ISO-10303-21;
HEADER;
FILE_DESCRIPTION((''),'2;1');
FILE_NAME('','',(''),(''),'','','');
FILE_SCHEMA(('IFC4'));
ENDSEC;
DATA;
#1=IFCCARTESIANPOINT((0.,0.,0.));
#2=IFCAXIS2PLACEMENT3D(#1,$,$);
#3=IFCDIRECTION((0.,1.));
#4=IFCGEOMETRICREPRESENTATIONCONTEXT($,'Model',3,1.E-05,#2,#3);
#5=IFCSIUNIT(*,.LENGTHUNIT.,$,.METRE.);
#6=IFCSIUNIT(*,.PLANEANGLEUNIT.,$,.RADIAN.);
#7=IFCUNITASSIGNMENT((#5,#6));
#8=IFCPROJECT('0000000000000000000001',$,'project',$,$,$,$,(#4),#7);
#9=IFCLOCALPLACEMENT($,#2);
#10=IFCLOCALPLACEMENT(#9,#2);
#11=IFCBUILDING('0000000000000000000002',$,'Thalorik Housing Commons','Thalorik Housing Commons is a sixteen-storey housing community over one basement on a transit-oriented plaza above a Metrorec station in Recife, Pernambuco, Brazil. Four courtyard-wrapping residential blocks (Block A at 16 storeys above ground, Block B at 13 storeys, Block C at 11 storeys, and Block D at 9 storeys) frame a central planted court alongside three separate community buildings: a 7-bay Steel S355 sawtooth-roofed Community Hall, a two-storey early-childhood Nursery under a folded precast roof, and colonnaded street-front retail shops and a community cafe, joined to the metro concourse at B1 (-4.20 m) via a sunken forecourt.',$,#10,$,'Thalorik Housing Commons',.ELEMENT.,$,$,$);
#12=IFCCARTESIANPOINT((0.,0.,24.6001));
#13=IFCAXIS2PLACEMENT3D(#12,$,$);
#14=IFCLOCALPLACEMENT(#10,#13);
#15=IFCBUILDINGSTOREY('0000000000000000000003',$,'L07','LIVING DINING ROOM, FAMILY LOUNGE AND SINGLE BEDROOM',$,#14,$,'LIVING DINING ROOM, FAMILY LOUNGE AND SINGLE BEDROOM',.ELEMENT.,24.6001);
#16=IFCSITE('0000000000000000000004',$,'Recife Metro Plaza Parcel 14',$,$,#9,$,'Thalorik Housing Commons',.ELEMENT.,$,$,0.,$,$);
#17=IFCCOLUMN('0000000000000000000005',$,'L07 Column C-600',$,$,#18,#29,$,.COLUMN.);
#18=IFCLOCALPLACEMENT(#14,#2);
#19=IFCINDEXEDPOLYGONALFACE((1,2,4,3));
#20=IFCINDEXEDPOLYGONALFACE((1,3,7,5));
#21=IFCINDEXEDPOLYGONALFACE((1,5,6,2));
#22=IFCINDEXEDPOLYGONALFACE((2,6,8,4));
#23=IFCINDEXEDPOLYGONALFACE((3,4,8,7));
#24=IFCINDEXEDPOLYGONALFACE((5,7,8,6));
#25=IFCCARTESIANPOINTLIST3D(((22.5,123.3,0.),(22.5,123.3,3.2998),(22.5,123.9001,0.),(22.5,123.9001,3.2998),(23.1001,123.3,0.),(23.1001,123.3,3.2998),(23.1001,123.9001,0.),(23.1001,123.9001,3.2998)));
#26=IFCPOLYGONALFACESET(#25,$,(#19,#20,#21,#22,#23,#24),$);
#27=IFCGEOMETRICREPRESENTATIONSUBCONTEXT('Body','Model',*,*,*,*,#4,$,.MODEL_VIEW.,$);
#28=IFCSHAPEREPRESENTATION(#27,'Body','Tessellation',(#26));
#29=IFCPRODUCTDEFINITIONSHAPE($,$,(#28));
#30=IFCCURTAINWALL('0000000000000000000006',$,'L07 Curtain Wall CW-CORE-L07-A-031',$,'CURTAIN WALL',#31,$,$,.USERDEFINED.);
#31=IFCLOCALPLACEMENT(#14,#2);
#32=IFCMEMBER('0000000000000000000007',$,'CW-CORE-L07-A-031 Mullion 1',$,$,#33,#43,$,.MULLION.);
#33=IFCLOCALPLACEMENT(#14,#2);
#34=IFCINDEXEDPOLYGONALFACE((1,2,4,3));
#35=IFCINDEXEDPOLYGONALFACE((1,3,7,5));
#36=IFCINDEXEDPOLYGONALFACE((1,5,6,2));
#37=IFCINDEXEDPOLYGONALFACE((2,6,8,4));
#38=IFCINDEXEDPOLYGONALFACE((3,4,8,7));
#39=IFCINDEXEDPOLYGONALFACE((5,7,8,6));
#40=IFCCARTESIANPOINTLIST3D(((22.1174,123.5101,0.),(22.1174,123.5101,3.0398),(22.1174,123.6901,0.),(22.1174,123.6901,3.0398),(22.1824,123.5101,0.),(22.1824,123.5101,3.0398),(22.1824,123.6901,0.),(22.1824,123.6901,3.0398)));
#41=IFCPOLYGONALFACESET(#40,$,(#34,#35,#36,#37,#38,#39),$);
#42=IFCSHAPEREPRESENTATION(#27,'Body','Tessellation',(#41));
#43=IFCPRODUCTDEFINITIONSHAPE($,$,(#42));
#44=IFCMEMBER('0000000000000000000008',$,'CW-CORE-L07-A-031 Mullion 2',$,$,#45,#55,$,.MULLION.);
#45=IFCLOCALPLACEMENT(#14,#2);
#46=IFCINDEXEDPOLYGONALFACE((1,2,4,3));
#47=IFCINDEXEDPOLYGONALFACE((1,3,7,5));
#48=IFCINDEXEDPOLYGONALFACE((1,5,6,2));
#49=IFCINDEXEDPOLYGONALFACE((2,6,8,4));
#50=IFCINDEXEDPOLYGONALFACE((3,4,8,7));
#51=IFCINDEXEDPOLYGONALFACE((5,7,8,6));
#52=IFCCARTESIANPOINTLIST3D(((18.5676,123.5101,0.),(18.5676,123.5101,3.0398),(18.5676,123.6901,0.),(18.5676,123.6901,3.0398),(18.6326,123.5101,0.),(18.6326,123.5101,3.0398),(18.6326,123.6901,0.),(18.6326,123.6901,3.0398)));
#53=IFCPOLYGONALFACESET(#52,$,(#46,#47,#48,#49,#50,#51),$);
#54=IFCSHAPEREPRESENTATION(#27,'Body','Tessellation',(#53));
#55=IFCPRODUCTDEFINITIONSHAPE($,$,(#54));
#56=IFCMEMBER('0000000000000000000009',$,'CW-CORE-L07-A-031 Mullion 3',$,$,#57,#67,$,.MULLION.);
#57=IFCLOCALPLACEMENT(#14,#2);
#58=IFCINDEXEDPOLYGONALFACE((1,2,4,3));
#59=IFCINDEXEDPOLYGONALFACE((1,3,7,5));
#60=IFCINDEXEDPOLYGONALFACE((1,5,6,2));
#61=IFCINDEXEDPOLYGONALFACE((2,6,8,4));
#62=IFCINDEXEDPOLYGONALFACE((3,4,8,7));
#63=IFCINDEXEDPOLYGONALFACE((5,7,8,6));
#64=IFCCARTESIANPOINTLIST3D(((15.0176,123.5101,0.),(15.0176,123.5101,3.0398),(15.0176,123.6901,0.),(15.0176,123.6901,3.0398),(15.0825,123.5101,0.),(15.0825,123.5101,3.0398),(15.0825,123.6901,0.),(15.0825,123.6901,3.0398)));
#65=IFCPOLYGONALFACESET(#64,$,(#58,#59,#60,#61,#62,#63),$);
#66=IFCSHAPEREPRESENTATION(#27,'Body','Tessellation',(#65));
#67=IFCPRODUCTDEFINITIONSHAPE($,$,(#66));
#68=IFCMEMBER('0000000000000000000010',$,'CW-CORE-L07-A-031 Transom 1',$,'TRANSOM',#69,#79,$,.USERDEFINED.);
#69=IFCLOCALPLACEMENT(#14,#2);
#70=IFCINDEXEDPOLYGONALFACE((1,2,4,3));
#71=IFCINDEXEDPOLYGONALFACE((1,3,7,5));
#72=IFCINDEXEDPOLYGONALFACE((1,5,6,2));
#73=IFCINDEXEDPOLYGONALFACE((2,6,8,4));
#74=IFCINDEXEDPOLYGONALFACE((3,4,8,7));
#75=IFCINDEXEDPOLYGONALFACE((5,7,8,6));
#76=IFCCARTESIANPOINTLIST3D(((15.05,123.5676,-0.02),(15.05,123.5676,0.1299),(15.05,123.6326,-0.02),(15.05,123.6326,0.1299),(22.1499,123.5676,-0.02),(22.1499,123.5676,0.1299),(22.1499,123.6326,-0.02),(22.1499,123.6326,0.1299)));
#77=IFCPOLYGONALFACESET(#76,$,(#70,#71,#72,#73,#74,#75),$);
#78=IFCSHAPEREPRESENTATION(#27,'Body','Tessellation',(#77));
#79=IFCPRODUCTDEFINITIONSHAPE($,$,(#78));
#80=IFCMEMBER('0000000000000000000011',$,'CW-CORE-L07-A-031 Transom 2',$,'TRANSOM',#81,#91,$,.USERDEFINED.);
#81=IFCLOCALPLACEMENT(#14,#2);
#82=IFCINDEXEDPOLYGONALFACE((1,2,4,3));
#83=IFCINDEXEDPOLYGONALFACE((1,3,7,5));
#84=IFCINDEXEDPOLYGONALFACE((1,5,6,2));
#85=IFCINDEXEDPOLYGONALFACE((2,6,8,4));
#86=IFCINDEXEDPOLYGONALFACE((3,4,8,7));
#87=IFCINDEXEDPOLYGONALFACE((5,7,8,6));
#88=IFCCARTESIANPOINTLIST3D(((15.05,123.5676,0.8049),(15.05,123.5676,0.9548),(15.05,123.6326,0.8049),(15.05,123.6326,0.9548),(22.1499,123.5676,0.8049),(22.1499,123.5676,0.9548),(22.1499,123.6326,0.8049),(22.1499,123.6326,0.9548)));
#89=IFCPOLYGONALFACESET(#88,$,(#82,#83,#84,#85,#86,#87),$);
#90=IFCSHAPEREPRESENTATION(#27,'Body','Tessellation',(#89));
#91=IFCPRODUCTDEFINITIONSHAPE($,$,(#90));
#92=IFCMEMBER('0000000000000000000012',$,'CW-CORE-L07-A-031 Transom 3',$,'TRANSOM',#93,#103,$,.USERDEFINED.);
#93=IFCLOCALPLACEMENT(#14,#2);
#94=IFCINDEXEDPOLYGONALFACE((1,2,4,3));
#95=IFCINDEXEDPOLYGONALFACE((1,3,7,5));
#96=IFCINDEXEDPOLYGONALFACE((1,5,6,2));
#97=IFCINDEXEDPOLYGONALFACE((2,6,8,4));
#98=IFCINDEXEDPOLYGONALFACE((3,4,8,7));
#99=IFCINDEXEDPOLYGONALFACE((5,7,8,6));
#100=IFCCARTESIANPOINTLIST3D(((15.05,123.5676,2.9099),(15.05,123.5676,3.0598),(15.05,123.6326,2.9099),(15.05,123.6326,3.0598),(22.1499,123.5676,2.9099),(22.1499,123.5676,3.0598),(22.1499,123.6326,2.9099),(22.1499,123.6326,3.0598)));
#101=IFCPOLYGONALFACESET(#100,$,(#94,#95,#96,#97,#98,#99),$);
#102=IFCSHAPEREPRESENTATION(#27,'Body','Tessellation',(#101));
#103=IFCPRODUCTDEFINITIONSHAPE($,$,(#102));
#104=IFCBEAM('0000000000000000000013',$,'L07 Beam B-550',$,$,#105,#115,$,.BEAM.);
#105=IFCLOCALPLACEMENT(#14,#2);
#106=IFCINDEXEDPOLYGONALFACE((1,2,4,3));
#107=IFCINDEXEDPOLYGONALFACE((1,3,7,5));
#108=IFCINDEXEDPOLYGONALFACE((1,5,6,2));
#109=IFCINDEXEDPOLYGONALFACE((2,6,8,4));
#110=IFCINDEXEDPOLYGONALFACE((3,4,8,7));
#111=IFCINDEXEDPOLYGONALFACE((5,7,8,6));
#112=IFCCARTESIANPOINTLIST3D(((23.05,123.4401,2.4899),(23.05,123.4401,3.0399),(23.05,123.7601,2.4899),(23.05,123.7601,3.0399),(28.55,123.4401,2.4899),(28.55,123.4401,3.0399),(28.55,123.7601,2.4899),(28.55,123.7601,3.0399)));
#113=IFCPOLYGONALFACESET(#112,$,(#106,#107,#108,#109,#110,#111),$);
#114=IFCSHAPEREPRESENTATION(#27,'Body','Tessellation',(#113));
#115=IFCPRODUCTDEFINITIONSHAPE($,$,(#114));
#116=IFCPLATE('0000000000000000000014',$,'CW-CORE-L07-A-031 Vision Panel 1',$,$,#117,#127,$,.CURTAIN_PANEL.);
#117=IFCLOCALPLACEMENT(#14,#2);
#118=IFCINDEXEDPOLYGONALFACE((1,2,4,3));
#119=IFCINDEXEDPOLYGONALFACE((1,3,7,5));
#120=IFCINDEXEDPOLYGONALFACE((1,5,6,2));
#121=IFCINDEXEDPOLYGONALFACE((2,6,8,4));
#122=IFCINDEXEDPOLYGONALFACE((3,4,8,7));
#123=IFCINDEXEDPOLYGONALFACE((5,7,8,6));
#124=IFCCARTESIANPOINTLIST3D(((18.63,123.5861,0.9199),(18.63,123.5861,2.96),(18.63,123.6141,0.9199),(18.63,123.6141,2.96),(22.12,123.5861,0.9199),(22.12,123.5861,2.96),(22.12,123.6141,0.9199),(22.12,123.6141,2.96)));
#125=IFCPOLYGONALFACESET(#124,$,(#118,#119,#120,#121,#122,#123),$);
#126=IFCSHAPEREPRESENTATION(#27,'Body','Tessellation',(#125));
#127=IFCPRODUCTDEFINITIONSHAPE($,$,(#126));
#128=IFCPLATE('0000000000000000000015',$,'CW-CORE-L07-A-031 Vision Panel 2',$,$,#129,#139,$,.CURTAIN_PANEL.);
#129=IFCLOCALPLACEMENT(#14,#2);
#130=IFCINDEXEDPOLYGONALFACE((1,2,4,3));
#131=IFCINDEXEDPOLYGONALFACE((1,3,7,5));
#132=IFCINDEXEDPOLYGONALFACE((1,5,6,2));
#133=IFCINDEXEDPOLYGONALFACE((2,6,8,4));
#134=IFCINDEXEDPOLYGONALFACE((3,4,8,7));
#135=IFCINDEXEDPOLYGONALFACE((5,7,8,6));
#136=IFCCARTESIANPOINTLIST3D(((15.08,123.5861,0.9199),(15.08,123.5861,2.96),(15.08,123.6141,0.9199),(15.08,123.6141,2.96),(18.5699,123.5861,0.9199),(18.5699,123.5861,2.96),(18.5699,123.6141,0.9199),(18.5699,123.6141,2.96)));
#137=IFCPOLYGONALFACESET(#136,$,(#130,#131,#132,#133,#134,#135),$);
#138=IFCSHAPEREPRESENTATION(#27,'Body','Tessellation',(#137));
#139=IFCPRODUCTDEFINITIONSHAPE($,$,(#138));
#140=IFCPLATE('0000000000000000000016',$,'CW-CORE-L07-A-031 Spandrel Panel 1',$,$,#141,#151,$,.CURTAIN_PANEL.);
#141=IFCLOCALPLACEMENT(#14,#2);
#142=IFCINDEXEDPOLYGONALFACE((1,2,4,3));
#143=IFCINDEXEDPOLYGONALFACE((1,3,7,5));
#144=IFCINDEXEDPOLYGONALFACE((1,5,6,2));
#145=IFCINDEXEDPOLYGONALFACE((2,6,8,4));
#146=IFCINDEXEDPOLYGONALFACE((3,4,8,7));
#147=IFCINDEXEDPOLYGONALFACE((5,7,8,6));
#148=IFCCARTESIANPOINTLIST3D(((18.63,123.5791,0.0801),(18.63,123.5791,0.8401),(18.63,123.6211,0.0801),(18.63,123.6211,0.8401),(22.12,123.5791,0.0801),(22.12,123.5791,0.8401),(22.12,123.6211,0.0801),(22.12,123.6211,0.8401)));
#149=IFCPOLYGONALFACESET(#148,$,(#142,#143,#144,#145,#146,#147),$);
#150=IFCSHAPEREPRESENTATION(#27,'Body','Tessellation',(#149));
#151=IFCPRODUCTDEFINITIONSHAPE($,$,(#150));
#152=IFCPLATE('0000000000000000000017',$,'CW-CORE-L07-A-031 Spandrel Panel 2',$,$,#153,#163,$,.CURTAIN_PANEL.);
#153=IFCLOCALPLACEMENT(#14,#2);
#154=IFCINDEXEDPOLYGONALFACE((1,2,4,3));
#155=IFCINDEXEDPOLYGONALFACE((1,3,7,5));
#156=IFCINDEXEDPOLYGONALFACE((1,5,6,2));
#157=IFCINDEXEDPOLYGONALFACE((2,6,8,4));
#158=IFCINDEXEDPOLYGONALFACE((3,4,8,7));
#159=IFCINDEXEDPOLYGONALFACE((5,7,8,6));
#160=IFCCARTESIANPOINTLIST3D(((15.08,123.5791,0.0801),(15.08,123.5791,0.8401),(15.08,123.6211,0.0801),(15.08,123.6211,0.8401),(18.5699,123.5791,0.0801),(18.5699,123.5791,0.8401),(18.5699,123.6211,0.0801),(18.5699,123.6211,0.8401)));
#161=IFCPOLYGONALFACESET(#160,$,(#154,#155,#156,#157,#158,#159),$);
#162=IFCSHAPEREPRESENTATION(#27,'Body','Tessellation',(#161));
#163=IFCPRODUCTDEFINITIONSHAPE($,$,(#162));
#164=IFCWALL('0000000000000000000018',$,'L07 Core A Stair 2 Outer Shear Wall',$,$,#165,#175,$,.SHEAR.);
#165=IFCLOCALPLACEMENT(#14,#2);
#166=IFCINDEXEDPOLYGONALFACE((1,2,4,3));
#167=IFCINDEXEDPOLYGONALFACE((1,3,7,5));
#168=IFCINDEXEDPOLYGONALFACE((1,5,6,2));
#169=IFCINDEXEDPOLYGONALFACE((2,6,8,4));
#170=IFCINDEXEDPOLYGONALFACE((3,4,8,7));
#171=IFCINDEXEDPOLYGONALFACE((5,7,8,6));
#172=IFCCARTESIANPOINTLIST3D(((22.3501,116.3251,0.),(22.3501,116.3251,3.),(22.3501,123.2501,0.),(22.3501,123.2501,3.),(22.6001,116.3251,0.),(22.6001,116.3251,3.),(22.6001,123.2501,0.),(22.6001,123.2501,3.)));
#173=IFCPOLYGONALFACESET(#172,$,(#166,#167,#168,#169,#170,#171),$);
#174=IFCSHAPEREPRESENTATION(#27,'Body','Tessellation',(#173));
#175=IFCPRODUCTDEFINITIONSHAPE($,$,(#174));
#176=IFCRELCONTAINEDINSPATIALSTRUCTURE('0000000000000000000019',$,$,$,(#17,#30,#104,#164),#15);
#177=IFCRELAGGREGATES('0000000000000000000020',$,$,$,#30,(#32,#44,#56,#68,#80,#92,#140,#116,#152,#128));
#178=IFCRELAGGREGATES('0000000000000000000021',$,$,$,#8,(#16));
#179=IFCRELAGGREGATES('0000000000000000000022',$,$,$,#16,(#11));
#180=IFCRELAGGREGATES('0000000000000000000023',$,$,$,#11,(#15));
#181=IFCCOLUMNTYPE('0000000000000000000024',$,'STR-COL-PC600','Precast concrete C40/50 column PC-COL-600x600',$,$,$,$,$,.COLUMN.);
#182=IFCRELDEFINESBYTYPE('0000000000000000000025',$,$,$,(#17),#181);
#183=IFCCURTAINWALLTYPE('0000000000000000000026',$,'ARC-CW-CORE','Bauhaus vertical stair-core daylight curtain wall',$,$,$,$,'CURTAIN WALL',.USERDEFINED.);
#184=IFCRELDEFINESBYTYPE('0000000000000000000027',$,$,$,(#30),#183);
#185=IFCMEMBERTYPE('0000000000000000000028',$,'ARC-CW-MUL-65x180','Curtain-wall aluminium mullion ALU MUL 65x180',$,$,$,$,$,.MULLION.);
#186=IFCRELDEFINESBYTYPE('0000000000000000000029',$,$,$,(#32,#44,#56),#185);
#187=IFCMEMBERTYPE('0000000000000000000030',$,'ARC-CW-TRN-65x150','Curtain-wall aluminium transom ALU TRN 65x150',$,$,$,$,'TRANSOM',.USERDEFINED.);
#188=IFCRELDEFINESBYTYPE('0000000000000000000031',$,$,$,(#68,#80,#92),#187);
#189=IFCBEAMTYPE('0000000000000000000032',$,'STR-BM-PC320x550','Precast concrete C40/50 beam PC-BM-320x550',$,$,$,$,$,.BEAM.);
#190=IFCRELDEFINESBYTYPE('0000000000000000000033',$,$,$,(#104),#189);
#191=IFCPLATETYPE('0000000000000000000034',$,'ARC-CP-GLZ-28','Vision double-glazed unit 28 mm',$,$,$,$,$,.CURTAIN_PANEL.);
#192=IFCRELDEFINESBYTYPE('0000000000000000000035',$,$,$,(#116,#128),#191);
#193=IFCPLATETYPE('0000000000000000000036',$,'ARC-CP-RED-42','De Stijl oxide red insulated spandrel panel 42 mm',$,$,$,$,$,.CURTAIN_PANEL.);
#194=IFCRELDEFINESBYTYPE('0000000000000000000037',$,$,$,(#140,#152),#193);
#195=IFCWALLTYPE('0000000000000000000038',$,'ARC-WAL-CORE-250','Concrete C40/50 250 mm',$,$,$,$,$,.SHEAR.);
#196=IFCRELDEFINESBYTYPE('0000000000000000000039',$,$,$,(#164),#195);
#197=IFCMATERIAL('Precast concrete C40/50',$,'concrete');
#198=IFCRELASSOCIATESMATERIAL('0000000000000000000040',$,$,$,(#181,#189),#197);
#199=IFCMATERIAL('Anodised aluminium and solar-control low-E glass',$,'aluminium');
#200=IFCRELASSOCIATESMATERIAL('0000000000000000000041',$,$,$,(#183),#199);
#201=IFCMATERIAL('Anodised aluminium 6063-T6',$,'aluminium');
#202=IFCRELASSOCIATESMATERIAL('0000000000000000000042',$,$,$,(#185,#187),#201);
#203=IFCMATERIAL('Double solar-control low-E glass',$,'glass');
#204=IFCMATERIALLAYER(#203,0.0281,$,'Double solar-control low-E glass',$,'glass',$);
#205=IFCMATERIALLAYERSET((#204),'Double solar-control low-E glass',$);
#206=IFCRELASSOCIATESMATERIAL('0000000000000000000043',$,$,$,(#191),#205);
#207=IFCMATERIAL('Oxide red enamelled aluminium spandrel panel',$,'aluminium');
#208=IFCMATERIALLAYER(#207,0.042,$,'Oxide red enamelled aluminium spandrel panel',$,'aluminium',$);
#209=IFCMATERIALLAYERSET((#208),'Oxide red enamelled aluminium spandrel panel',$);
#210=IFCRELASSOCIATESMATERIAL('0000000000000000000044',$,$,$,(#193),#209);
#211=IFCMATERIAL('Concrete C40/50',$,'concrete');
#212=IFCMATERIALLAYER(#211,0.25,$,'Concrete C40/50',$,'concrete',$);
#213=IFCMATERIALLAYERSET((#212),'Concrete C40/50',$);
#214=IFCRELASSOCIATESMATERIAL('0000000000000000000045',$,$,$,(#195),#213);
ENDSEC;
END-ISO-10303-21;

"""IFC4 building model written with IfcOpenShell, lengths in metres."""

from ifc_helpers import new_model, si_unit, direction, frame, frame_2d, origin, origin_2d, place, context, subcontext, project, spatial, rectangle, extrude, material, layer, layer_set, material_profile, profile_set, type_object, element, aggregate, save


model = new_model("IFC4")

# Units and contexts
model_context = context("Model", 3, precision=1e-05, world=origin(), true_north=direction((0.0, 1.0)))
body_context = subcontext(model_context, "Body", "Model", "MODEL_VIEW")
ifc_project = project(units=[si_unit("LENGTHUNIT", "METRE"), si_unit("PLANEANGLEUNIT", "RADIAN")], contexts=[model_context])

# Site, building, storey
site_placement = place(None, origin())
site = spatial("IfcSite", under=ifc_project, at=site_placement, Name="Recife Metro Plaza Parcel 14", LongName="Thalorik Housing Commons", CompositionType="ELEMENT", RefElevation=0.0)
building_placement = place(site_placement, origin())
building = spatial("IfcBuilding", under=site, at=building_placement, Name="Thalorik Housing Commons", Description="Thalorik Housing Commons is a sixteen-storey housing community over one basement on a transit-oriented plaza above a Metrorec station in Recife, Pernambuco, Brazil. Four courtyard-wrapping residential blocks (Block A at 16 storeys above ground, Block B at 13 storeys, Block C at 11 storeys, and Block D at 9 storeys) frame a central planted court alongside three separate community buildings: a 7-bay Steel S355 sawtooth-roofed Community Hall, a two-storey early-childhood Nursery under a folded precast roof, and colonnaded street-front retail shops and a community cafe, joined to the metro concourse at B1 (-4.20 m) via a sunken forecourt.", LongName="Thalorik Housing Commons", CompositionType="ELEMENT")
storey_placement = place(building_placement, frame((0.0, 0.0, 24.6001)))
storey = spatial("IfcBuildingStorey", under=building, at=storey_placement, Name="L07", Description="LIVING DINING ROOM, FAMILY LOUNGE AND SINGLE BEDROOM", LongName="LIVING DINING ROOM, FAMILY LOUNGE AND SINGLE BEDROOM", CompositionType="ELEMENT", Elevation=24.6001)

# Column
ifc_material_1 = material(Name="Precast concrete C40/50", Category="concrete")
ifc_material_profile_1 = material_profile(ifc_material_1, rectangle(XDim=0.6001, YDim=0.6001, at=origin_2d()), Name="PC 600x600", Category="concrete")
ifc_profile_set_1 = profile_set([ifc_material_profile_1], Name="Precast concrete C40/50")
column_type = type_object("IfcColumnType", Name="STR-COL-PC600", Description="Precast concrete C40/50 column PC-COL-600x600", PredefinedType="COLUMN", material=ifc_profile_set_1)
column_placement = place(storey_placement, frame((22.8, 123.6001, 0.0), z_axis=(0.0, 0.0, 1.0), x_axis=(1.0, 0.0, 0.0)))
element("IfcColumn", 1, at=column_placement, inside=storey, type_object=column_type, Name="L07 Column C-600", PredefinedType="COLUMN", context=body_context, shape_type="SweptSolid", body=[
    extrude(rectangle(XDim=0.6001, YDim=0.6001, at=origin_2d()), origin(), (0.0, 0.0, 1.0), 3.2998),
])

# Curtain wall, members
ifc_material_2 = material(Name="Anodised aluminium and solar-control low-E glass", Category="aluminium")
curtain_wall_type = type_object("IfcCurtainWallType", Name="ARC-CW-CORE", Description="Bauhaus vertical stair-core daylight curtain wall", ElementType="CURTAIN WALL", PredefinedType="USERDEFINED", material=ifc_material_2)
curtain_wall_placement = place(storey_placement, origin())
curtain_wall = element("IfcCurtainWall", 2, at=curtain_wall_placement, inside=storey, type_object=curtain_wall_type, Name="L07 Curtain Wall CW-CORE-L07-A-031", ObjectType="CURTAIN WALL", PredefinedType="USERDEFINED")
ifc_material_3 = material(Name="Anodised aluminium 6063-T6", Category="aluminium")
ifc_material_profile_2 = material_profile(ifc_material_3, rectangle(XDim=0.0649, YDim=0.1799, at=origin_2d()), Name="ALU MUL 65x180", Category="aluminium")
ifc_profile_set_2 = profile_set([ifc_material_profile_2], Name="Anodised aluminium 6063-T6")
member_type_1 = type_object("IfcMemberType", Name="ARC-CW-MUL-65x180", Description="Curtain-wall aluminium mullion ALU MUL 65x180", PredefinedType="MULLION", material=ifc_profile_set_2)
member_1_placement = place(storey_placement, frame((22.1499, 123.6001, 0.0), z_axis=(0.0, 0.0, 1.0), x_axis=(-1.0, 0.0, 0.0)))
member_1 = element("IfcMember", 3, at=member_1_placement, type_object=member_type_1, Name="CW-CORE-L07-A-031 Mullion 1", PredefinedType="MULLION", context=body_context, shape_type="SweptSolid", body=[
    extrude(rectangle(XDim=0.0649, YDim=0.1799, at=origin_2d()), origin(), (0.0, 0.0, 1.0), 3.0398),
])
member_2_placement = place(storey_placement, frame((18.6001, 123.6001, 0.0), z_axis=(0.0, 0.0, 1.0), x_axis=(-1.0, 0.0, 0.0)))
member_2 = element("IfcMember", 4, at=member_2_placement, type_object=member_type_1, Name="CW-CORE-L07-A-031 Mullion 2", PredefinedType="MULLION", context=body_context, shape_type="SweptSolid", body=[
    extrude(rectangle(XDim=0.0649, YDim=0.1799, at=origin_2d()), origin(), (0.0, 0.0, 1.0), 3.0398),
])
member_3_placement = place(storey_placement, frame((15.05, 123.6001, 0.0), z_axis=(0.0, 0.0, 1.0), x_axis=(-1.0, 0.0, 0.0)))
member_3 = element("IfcMember", 5, at=member_3_placement, type_object=member_type_1, Name="CW-CORE-L07-A-031 Mullion 3", PredefinedType="MULLION", context=body_context, shape_type="SweptSolid", body=[
    extrude(rectangle(XDim=0.0649, YDim=0.1799, at=origin_2d()), origin(), (0.0, 0.0, 1.0), 3.0398),
])
ifc_material_profile_3 = material_profile(ifc_material_3, rectangle(XDim=0.0649, YDim=0.1499, at=origin_2d()), Name="ALU TRN 65x150", Category="aluminium")
ifc_profile_set_3 = profile_set([ifc_material_profile_3], Name="Anodised aluminium 6063-T6")
member_type_2 = type_object("IfcMemberType", Name="ARC-CW-TRN-65x150", Description="Curtain-wall aluminium transom ALU TRN 65x150", ElementType="TRANSOM", PredefinedType="USERDEFINED", material=ifc_profile_set_3)
member_4_placement = place(storey_placement, frame((22.1499, 123.6001, 0.0549), z_axis=(-1.0, 0.0, 0.0), x_axis=(0.0, -1.0, 0.0)))
member_4 = element("IfcMember", 6, at=member_4_placement, type_object=member_type_2, Name="CW-CORE-L07-A-031 Transom 1", ObjectType="TRANSOM", PredefinedType="USERDEFINED", context=body_context, shape_type="SweptSolid", body=[
    extrude(rectangle(XDim=0.0649, YDim=0.1499, at=origin_2d()), origin(), (0.0, 0.0, 1.0), 7.0999),
])
member_5_placement = place(storey_placement, frame((22.1499, 123.6001, 0.8799), z_axis=(-1.0, 0.0, 0.0), x_axis=(0.0, -1.0, 0.0)))
member_5 = element("IfcMember", 7, at=member_5_placement, type_object=member_type_2, Name="CW-CORE-L07-A-031 Transom 2", ObjectType="TRANSOM", PredefinedType="USERDEFINED", context=body_context, shape_type="SweptSolid", body=[
    extrude(rectangle(XDim=0.0649, YDim=0.1499, at=origin_2d()), origin(), (0.0, 0.0, 1.0), 7.0999),
])
member_6_placement = place(storey_placement, frame((22.1499, 123.6001, 2.9849), z_axis=(-1.0, 0.0, 0.0), x_axis=(0.0, -1.0, 0.0)))
member_6 = element("IfcMember", 8, at=member_6_placement, type_object=member_type_2, Name="CW-CORE-L07-A-031 Transom 3", ObjectType="TRANSOM", PredefinedType="USERDEFINED", context=body_context, shape_type="SweptSolid", body=[
    extrude(rectangle(XDim=0.0649, YDim=0.1499, at=origin_2d()), origin(), (0.0, 0.0, 1.0), 7.0999),
])

# Beam
ifc_material_profile_4 = material_profile(ifc_material_1, rectangle(XDim=0.3201, YDim=0.55, at=origin_2d()), Name="PC 320x550", Category="concrete")
ifc_profile_set_4 = profile_set([ifc_material_profile_4], Name="Precast concrete C40/50")
beam_type = type_object("IfcBeamType", Name="STR-BM-PC320x550", Description="Precast concrete C40/50 beam PC-BM-320x550", PredefinedType="BEAM", material=ifc_profile_set_4)
beam_placement = place(storey_placement, frame((23.05, 123.6001, 2.7649), z_axis=(1.0, 0.0, 0.0), x_axis=(0.0, 1.0, 0.0)))
element("IfcBeam", 9, at=beam_placement, inside=storey, type_object=beam_type, Name="L07 Beam B-550", PredefinedType="BEAM", context=body_context, shape_type="SweptSolid", body=[
    extrude(rectangle(XDim=0.3201, YDim=0.55, at=origin_2d()), origin(), (0.0, 0.0, 1.0), 5.5),
])

# Plates
ifc_material_4 = material(Name="Double solar-control low-E glass", Category="glass")
ifc_layer_1 = layer(ifc_material_4, 0.0281, Name="Double solar-control low-E glass", Category="glass")
ifc_layer_set_1 = layer_set([ifc_layer_1], Name="Double solar-control low-E glass")
plate_type_1 = type_object("IfcPlateType", Name="ARC-CP-GLZ-28", Description="Vision double-glazed unit 28 mm", PredefinedType="CURTAIN_PANEL", material=ifc_layer_set_1)
plate_1_placement = place(storey_placement, frame((20.375, 123.6001, 0.9199), z_axis=(0.0, 0.0, 1.0), x_axis=(-1.0, 0.0, 0.0)))
plate_1 = element("IfcPlate", 10, at=plate_1_placement, type_object=plate_type_1, Name="CW-CORE-L07-A-031 Vision Panel 1", PredefinedType="CURTAIN_PANEL", context=body_context, shape_type="SweptSolid", body=[
    extrude(rectangle(XDim=3.49, YDim=0.0281, at=origin_2d()), origin(), (0.0, 0.0, 1.0), 2.04),
])
plate_2_placement = place(storey_placement, frame((16.825, 123.6001, 0.9199), z_axis=(0.0, 0.0, 1.0), x_axis=(-1.0, 0.0, 0.0)))
plate_2 = element("IfcPlate", 11, at=plate_2_placement, type_object=plate_type_1, Name="CW-CORE-L07-A-031 Vision Panel 2", PredefinedType="CURTAIN_PANEL", context=body_context, shape_type="SweptSolid", body=[
    extrude(rectangle(XDim=3.49, YDim=0.0281, at=origin_2d()), origin(), (0.0, 0.0, 1.0), 2.04),
])
ifc_material_5 = material(Name="Oxide red enamelled aluminium spandrel panel", Category="aluminium")
ifc_layer_2 = layer(ifc_material_5, 0.042, Name="Oxide red enamelled aluminium spandrel panel", Category="aluminium")
ifc_layer_set_2 = layer_set([ifc_layer_2], Name="Oxide red enamelled aluminium spandrel panel")
plate_type_2 = type_object("IfcPlateType", Name="ARC-CP-RED-42", Description="De Stijl oxide red insulated spandrel panel 42 mm", PredefinedType="CURTAIN_PANEL", material=ifc_layer_set_2)
plate_3_placement = place(storey_placement, frame((20.375, 123.6001, 0.0801), z_axis=(0.0, 0.0, 1.0), x_axis=(-1.0, 0.0, 0.0)))
plate_3 = element("IfcPlate", 12, at=plate_3_placement, type_object=plate_type_2, Name="CW-CORE-L07-A-031 Spandrel Panel 1", PredefinedType="CURTAIN_PANEL", context=body_context, shape_type="SweptSolid", body=[
    extrude(rectangle(XDim=3.49, YDim=0.042, at=origin_2d()), origin(), (0.0, 0.0, 1.0), 0.76),
])
plate_4_placement = place(storey_placement, frame((16.825, 123.6001, 0.0801), z_axis=(0.0, 0.0, 1.0), x_axis=(-1.0, 0.0, 0.0)))
plate_4 = element("IfcPlate", 13, at=plate_4_placement, type_object=plate_type_2, Name="CW-CORE-L07-A-031 Spandrel Panel 2", PredefinedType="CURTAIN_PANEL", context=body_context, shape_type="SweptSolid", body=[
    extrude(rectangle(XDim=3.49, YDim=0.042, at=origin_2d()), origin(), (0.0, 0.0, 1.0), 0.76),
])
aggregate(curtain_wall, [member_1, member_2, member_3, member_4, member_5, member_6, plate_3, plate_1, plate_4, plate_2])

# Wall
ifc_material_6 = material(Name="Concrete C40/50", Category="concrete")
ifc_layer_3 = layer(ifc_material_6, 0.25, Name="Concrete C40/50", Category="concrete")
ifc_layer_set_3 = layer_set([ifc_layer_3], Name="Concrete C40/50")
wall_type_1 = type_object("IfcWallType", Name="ARC-WAL-CORE-250", Description="Concrete C40/50 250 mm", PredefinedType="SHEAR", material=ifc_layer_set_3)
wall_1_placement = place(storey_placement, frame((22.4751, 123.25, 0.0), z_axis=(0.0, 0.0, 1.0), x_axis=(0.0, -1.0, 0.0)))
element("IfcWall", 14, at=wall_1_placement, inside=storey, type_object=wall_type_1, Name="L07 Core A Stair 2 Outer Shear Wall", PredefinedType="SHEAR", context=body_context, shape_type="SweptSolid", body=[
    extrude(rectangle(XDim=6.925, YDim=0.25, at=frame_2d((3.4624, 0.0))), origin(), (0.0, 0.0, 1.0), 3.0),
])

save(model, "model.ifc")
